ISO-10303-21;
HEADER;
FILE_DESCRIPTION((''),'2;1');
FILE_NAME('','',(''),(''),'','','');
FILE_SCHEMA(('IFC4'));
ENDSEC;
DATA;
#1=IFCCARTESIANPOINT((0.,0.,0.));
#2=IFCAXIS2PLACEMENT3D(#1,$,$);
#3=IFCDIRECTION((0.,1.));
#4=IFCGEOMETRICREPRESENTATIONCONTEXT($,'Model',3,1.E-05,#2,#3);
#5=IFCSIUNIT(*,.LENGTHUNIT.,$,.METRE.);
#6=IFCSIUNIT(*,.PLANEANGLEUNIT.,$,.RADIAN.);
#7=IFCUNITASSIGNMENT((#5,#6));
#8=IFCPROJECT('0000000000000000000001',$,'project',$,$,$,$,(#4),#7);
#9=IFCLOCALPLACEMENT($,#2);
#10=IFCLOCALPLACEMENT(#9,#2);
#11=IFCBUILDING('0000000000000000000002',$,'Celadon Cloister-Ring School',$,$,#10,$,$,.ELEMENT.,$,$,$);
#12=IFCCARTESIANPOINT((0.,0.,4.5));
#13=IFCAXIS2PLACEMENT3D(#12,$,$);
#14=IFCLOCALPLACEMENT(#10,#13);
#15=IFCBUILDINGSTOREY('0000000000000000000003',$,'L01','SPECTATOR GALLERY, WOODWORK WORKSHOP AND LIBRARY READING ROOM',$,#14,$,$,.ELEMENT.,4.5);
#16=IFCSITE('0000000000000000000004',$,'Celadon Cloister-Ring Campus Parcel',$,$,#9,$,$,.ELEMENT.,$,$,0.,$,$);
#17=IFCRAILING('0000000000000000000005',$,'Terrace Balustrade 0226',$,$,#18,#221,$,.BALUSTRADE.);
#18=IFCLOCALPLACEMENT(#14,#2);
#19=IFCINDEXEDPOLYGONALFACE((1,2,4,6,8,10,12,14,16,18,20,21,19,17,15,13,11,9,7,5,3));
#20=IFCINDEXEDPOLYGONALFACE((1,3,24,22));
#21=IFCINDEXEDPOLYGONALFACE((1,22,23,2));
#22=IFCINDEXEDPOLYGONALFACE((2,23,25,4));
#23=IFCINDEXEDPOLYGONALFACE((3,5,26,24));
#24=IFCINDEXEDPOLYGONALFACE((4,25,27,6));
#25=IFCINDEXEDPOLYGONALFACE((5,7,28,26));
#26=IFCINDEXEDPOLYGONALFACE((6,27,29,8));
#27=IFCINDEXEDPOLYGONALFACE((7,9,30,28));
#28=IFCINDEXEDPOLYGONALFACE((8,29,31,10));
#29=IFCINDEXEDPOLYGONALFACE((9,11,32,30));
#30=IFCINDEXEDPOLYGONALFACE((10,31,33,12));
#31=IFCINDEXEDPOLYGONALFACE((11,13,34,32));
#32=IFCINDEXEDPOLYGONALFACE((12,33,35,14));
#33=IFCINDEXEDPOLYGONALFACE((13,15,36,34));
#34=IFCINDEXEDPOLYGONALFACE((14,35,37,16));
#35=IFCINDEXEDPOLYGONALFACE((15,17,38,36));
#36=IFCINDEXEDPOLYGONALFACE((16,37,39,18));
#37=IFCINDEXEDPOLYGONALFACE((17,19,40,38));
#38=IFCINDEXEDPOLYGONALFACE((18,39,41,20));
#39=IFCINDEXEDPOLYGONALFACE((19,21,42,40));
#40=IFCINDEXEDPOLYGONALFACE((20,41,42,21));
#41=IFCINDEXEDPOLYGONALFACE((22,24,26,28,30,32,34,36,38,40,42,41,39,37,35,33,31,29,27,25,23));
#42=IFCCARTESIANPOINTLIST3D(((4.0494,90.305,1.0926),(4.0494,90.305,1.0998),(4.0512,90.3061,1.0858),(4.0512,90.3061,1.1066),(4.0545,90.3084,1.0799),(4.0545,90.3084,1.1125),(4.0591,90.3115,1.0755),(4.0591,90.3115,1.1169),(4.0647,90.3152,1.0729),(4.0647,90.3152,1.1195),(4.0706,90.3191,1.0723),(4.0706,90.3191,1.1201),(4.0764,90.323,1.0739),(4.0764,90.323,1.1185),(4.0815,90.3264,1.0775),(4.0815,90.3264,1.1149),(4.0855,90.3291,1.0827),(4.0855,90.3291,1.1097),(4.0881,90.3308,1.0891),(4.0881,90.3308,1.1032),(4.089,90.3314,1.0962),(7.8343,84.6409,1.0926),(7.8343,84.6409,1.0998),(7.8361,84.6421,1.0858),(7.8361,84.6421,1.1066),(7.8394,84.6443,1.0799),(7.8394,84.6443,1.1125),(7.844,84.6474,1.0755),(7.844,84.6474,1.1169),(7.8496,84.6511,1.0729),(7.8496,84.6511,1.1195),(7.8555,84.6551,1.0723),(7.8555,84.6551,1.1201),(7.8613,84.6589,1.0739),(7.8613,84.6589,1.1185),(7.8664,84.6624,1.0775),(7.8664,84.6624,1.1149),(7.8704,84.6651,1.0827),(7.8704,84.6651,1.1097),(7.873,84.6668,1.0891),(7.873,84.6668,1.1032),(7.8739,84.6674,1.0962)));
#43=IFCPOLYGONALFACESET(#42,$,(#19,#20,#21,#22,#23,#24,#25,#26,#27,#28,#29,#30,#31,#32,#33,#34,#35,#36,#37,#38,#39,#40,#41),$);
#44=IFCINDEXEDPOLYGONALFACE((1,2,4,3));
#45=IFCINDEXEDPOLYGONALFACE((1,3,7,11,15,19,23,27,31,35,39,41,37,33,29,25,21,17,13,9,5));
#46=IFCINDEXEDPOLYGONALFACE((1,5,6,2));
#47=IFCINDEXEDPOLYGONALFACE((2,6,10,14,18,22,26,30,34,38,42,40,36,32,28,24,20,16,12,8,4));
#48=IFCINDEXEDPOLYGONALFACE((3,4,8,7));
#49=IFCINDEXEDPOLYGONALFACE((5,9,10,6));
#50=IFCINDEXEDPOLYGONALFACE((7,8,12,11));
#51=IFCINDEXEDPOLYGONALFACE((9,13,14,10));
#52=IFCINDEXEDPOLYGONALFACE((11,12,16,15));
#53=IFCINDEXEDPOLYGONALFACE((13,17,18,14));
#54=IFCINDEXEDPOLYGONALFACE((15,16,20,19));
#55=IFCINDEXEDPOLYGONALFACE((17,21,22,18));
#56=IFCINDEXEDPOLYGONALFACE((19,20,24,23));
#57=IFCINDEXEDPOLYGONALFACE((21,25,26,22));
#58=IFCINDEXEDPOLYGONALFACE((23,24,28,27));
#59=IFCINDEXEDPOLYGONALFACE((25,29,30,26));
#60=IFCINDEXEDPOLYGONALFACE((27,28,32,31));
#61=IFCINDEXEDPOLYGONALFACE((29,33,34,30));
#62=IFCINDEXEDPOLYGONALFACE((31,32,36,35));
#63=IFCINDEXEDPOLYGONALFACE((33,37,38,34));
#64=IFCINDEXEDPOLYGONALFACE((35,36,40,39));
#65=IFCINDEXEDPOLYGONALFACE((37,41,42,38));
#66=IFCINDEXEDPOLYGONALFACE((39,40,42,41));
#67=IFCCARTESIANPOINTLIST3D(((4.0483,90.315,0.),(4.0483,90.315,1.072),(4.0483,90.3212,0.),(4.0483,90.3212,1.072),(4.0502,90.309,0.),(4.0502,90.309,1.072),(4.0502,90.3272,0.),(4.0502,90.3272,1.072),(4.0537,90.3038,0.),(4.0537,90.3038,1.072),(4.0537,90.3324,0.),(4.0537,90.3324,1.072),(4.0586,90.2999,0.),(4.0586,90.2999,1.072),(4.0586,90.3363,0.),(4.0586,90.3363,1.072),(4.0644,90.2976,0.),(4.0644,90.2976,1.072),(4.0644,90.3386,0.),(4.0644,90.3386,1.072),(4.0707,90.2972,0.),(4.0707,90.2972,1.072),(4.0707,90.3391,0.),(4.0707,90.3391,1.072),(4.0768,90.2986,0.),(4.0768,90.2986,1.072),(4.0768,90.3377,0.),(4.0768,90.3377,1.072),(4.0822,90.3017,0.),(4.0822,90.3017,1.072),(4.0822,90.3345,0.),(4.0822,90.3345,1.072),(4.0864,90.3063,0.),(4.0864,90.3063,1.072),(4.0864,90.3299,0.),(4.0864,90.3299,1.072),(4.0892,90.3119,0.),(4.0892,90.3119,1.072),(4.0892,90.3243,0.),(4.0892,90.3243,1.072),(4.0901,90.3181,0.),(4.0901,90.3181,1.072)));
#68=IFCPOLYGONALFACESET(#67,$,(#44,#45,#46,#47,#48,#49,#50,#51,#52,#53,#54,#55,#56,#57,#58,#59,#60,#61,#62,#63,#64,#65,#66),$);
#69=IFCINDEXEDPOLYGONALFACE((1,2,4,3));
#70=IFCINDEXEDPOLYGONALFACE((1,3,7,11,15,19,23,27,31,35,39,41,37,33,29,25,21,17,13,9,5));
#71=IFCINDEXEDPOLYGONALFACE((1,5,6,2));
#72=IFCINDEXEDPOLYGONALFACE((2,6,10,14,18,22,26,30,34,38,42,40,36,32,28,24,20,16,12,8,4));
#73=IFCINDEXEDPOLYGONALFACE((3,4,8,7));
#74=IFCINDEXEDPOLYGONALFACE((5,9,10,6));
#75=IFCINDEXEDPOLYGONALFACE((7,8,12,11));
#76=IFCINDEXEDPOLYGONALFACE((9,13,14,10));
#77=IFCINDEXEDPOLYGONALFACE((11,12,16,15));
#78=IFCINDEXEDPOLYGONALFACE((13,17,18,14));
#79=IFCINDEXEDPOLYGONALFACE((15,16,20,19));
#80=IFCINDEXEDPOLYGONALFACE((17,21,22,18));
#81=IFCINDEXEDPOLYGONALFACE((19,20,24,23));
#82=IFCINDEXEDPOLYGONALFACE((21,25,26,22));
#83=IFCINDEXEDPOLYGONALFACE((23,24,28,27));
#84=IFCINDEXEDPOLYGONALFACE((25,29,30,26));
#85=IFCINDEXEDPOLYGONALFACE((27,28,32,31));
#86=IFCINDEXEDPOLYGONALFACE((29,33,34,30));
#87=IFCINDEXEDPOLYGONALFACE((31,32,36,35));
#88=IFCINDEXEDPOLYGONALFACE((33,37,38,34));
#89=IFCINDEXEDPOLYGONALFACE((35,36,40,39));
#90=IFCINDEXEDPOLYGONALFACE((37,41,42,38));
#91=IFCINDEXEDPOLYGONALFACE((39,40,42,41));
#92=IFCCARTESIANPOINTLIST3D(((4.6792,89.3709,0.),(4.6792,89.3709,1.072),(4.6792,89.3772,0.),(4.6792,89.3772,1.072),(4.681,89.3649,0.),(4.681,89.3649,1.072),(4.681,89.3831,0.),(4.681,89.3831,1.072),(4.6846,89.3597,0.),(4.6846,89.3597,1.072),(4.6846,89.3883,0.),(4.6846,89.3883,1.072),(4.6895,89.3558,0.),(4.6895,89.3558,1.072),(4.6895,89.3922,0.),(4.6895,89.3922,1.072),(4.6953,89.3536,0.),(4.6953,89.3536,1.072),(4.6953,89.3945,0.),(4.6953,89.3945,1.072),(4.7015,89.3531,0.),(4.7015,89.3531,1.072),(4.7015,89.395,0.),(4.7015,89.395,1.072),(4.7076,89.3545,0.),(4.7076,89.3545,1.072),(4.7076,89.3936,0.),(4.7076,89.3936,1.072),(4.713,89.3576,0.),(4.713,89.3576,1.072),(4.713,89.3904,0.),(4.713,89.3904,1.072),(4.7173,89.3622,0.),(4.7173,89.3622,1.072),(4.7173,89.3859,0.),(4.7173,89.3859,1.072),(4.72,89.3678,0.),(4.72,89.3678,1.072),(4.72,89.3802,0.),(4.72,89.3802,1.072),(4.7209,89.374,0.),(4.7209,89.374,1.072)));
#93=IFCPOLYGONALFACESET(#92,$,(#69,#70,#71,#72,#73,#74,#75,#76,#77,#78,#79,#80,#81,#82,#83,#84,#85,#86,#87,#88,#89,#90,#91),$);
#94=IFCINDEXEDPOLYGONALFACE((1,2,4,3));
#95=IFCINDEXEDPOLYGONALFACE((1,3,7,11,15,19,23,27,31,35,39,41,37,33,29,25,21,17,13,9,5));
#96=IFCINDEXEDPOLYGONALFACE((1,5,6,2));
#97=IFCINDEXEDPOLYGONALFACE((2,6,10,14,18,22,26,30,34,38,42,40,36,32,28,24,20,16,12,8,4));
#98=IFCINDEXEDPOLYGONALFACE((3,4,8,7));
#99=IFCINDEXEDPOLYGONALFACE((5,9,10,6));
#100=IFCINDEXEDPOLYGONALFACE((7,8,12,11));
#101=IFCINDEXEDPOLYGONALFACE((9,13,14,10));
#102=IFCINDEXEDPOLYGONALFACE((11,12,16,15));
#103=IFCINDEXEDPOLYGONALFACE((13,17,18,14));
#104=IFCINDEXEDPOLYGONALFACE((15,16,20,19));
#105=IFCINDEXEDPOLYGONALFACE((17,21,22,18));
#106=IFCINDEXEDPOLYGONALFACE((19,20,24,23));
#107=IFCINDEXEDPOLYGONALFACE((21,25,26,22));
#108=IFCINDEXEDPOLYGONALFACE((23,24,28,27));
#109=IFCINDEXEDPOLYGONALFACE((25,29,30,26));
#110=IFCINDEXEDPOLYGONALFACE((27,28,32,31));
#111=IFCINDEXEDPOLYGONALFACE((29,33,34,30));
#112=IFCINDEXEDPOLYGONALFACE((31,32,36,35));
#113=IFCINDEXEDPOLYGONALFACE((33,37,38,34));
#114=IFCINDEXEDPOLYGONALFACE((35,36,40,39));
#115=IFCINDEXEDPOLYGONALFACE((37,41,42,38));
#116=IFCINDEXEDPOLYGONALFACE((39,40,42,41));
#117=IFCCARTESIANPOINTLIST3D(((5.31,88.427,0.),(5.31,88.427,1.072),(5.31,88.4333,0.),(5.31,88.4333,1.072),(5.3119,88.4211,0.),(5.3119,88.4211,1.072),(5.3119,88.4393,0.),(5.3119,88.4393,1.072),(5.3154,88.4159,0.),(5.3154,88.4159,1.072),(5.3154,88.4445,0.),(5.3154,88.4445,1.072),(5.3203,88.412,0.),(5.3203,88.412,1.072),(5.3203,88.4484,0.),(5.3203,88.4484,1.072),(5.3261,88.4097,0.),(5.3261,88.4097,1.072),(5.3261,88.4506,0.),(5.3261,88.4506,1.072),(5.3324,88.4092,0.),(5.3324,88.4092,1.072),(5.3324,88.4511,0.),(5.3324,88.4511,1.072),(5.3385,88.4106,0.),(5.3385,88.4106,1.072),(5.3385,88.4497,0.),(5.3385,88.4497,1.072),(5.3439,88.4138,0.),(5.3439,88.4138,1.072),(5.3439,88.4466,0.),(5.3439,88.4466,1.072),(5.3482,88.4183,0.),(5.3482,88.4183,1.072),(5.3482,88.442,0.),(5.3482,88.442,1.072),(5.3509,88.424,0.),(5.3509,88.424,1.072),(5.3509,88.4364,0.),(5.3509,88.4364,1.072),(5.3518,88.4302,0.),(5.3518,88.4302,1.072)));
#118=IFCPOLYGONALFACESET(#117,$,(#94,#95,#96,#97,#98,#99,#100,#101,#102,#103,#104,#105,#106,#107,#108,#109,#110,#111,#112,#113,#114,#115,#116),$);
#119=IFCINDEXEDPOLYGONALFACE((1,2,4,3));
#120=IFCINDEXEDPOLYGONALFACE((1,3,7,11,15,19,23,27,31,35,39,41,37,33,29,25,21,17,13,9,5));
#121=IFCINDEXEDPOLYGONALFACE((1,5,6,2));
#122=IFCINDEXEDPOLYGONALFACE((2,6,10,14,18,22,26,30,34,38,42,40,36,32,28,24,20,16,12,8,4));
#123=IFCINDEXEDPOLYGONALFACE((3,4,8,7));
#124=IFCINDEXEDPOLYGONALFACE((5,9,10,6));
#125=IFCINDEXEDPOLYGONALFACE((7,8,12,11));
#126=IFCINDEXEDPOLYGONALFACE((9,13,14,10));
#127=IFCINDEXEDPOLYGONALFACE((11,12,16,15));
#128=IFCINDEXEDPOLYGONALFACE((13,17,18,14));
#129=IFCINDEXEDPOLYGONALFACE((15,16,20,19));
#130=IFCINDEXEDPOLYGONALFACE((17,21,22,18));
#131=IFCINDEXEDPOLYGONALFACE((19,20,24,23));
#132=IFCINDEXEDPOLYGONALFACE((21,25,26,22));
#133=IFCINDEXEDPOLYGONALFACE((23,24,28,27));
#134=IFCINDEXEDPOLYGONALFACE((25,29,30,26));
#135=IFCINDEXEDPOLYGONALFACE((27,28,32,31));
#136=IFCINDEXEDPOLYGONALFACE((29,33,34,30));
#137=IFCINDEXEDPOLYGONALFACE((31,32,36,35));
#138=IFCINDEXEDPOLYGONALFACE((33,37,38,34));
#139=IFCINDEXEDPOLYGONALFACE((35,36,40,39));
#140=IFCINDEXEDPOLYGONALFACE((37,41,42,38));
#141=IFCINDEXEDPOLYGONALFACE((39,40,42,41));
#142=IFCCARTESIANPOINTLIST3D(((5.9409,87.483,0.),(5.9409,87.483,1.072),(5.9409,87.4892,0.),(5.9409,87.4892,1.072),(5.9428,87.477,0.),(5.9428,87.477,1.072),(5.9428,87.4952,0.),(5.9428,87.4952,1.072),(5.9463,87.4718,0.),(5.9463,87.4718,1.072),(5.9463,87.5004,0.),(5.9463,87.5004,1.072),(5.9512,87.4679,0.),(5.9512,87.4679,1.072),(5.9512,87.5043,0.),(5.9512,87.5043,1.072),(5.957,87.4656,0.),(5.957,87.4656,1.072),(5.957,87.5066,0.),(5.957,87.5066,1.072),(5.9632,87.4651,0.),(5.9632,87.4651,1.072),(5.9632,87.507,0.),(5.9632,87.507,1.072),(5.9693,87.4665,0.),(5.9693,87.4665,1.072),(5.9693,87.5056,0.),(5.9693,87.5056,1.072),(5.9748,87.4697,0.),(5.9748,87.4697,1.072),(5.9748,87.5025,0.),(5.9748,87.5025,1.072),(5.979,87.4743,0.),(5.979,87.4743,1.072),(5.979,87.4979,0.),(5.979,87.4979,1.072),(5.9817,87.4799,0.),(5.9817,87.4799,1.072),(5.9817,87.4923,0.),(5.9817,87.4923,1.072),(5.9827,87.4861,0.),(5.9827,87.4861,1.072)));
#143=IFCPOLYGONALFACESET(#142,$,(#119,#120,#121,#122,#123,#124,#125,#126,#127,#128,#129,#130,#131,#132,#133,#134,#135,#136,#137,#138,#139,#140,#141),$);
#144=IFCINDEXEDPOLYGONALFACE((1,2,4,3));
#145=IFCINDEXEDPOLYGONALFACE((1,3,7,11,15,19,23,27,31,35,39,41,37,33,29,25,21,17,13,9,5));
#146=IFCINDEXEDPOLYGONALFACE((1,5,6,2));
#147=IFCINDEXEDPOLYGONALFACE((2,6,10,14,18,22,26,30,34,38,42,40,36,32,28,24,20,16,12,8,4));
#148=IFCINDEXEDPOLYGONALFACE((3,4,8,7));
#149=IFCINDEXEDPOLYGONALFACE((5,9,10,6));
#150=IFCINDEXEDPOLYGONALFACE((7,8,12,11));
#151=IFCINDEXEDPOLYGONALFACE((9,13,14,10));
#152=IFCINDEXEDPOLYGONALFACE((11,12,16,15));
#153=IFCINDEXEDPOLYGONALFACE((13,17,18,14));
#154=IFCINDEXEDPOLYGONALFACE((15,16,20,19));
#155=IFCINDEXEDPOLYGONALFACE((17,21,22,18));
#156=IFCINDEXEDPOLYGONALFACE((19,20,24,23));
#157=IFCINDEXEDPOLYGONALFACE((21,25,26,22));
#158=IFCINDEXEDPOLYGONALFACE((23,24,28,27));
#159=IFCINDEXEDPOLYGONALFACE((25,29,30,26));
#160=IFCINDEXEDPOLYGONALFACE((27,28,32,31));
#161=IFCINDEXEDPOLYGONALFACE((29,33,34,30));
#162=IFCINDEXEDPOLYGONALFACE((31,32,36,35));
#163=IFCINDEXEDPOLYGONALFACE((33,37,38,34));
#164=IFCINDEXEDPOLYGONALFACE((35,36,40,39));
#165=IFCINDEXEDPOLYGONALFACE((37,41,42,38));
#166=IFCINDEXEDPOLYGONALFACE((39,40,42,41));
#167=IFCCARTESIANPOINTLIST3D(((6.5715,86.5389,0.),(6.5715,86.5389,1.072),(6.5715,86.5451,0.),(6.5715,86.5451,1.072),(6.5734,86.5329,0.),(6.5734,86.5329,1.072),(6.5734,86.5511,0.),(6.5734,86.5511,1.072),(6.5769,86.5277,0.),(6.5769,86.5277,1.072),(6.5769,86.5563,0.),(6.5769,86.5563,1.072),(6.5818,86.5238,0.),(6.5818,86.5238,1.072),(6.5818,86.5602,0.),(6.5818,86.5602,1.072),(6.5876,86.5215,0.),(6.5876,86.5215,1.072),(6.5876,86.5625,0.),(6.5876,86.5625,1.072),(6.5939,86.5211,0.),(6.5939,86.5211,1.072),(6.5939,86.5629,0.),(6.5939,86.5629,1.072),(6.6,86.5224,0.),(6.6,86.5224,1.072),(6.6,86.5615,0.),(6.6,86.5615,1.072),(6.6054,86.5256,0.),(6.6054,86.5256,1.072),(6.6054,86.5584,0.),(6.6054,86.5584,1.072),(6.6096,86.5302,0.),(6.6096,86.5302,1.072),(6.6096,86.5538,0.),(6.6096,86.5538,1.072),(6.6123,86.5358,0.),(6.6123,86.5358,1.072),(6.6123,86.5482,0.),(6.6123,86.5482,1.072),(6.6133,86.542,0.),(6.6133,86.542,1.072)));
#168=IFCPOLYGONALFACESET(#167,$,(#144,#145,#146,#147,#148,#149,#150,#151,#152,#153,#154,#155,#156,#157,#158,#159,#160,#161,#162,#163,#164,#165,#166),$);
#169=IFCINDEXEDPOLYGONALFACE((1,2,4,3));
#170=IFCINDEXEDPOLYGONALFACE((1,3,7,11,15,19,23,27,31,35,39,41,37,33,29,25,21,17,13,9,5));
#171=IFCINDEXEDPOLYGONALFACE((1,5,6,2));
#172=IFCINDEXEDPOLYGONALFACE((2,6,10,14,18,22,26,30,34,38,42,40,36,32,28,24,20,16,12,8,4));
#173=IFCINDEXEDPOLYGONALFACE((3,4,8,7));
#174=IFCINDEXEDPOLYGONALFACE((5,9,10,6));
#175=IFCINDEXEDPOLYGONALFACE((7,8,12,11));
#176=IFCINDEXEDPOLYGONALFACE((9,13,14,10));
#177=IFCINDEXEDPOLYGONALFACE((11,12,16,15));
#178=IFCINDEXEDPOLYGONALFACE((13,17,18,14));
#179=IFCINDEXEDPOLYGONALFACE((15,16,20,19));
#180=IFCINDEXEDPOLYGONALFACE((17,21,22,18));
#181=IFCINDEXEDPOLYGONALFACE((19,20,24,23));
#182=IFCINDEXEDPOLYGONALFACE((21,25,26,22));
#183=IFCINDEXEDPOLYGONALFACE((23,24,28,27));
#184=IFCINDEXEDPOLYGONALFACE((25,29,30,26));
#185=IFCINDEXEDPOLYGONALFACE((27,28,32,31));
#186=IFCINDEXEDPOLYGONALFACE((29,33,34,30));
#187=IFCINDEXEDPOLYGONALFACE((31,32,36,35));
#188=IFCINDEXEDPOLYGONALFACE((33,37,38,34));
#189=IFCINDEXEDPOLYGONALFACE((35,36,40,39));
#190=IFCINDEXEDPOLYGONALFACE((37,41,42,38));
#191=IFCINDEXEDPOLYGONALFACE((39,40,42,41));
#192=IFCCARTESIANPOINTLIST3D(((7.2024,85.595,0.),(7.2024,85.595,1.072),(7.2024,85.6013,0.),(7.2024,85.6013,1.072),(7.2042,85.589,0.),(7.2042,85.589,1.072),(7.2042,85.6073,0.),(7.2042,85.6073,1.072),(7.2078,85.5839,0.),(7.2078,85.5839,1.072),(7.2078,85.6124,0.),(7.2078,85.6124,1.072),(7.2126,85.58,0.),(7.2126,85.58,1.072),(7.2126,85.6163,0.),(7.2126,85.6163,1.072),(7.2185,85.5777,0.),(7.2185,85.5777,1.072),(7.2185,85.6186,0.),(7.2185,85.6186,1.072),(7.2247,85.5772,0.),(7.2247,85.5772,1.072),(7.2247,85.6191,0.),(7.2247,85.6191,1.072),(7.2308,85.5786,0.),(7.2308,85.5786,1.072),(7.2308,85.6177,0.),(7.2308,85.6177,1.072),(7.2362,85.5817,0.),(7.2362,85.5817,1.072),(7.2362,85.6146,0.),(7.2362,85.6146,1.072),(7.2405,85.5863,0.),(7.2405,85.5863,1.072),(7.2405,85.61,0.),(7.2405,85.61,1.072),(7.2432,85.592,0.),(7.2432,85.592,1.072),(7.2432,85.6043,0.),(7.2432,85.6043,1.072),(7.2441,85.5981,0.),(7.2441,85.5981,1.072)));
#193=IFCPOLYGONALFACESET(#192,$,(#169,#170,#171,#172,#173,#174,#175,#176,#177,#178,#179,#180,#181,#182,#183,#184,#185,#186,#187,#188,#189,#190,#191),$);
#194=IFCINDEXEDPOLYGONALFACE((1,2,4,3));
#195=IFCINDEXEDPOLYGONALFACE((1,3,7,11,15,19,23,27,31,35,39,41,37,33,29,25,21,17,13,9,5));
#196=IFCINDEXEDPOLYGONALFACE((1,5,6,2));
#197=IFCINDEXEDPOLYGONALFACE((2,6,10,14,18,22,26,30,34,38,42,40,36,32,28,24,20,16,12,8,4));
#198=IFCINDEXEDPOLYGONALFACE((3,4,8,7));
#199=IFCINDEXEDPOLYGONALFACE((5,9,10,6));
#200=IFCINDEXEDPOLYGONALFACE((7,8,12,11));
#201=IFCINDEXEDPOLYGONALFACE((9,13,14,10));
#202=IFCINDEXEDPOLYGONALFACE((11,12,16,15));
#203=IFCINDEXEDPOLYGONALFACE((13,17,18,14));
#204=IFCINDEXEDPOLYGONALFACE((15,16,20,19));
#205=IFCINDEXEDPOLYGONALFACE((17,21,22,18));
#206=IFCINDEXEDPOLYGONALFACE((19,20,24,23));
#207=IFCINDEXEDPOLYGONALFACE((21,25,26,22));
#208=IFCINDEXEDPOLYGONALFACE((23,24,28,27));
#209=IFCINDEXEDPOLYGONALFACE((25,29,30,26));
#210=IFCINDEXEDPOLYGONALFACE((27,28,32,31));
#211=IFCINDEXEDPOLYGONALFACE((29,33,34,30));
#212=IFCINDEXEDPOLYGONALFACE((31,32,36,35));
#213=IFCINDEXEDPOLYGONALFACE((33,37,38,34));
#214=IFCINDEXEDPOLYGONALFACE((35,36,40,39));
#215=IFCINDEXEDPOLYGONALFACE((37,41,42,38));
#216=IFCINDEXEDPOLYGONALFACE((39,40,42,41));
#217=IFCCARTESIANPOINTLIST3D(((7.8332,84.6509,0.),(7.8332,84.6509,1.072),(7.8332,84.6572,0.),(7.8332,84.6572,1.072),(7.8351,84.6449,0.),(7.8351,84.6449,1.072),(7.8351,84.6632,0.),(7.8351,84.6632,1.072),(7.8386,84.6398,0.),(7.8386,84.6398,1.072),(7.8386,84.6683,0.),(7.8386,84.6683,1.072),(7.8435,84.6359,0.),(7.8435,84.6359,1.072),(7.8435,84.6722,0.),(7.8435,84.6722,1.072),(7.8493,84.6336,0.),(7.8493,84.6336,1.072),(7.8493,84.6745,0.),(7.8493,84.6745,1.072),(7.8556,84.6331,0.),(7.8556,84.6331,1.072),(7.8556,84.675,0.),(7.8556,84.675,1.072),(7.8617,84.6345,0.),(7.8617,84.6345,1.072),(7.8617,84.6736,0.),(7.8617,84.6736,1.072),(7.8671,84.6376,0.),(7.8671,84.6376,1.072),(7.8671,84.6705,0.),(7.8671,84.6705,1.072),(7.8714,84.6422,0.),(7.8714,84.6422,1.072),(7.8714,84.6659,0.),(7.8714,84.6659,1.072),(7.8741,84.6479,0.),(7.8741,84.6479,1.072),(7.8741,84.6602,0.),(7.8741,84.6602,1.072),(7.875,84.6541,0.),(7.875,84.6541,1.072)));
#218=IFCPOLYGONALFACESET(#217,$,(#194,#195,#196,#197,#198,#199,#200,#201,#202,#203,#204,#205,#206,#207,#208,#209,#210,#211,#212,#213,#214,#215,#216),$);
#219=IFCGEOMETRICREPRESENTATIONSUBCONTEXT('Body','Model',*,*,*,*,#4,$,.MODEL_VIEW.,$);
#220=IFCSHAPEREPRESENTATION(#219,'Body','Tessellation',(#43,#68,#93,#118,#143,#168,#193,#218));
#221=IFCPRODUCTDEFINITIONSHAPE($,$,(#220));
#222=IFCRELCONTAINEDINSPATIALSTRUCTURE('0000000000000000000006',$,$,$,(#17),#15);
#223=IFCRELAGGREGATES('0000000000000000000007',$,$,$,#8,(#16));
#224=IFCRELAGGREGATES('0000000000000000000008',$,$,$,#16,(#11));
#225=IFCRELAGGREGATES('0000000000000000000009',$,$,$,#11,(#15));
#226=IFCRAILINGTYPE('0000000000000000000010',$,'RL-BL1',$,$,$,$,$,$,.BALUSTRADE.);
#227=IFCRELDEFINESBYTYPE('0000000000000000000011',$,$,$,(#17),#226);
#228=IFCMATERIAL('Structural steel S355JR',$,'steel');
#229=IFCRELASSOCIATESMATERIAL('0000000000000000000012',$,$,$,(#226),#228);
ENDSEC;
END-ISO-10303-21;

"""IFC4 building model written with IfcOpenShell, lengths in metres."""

from ifc_helpers import new_model, si_unit, direction, frame, origin, origin_2d, place, context, subcontext, project, spatial, circle, extrude, material, type_object, element, save


model = new_model("IFC4")

# Units and contexts
model_context = context("Model", 3, precision=1e-05, world=origin(), true_north=direction((0.0, 1.0)))
body_context = subcontext(model_context, "Body", "Model", "MODEL_VIEW")
ifc_project = project(units=[si_unit("LENGTHUNIT", "METRE"), si_unit("PLANEANGLEUNIT", "RADIAN")], contexts=[model_context])

# Site, building, storey
site_placement = place(None, origin())
site = spatial("IfcSite", under=ifc_project, at=site_placement, Name="Celadon Cloister-Ring Campus Parcel", CompositionType="ELEMENT", RefElevation=0.0)
building_placement = place(site_placement, origin())
building = spatial("IfcBuilding", under=site, at=building_placement, Name="Celadon Cloister-Ring School", CompositionType="ELEMENT")
storey_placement = place(building_placement, frame((0.0, 0.0, 4.5)))
storey = spatial("IfcBuildingStorey", under=building, at=storey_placement, Name="L01", Description="SPECTATOR GALLERY, WOODWORK WORKSHOP AND LIBRARY READING ROOM", CompositionType="ELEMENT", Elevation=4.5)

# Railing
ifc_material_1 = material(Name="Structural steel S355JR", Category="steel")
railing_type = type_object("IfcRailingType", Name="RL-BL1", PredefinedType="BALUSTRADE", material=ifc_material_1)
railing_1_placement = place(storey_placement, frame((4.0691, 90.3181, 0.0)))
element("IfcRailing", 1, at=railing_1_placement, inside=storey, type_object=railing_type, Name="Terrace Balustrade 0226", PredefinedType="BALUSTRADE", context=body_context, shape_type="SweptSolid", body=[
    extrude(circle(Radius=0.0239, at=origin_2d()), frame((0.0, 0.0, 1.0962), z_axis=(0.555601, -0.831449, 0.0), x_axis=(0.831449, 0.555601, 0.0)), (0.0, 0.0, 1.0), 6.8123),
    extrude(circle(Radius=0.021, at=origin_2d()), origin(), (0.0, 0.0, 1.0), 1.072),
    extrude(circle(Radius=0.021, at=origin_2d()), frame((0.6309, -0.9441, 0.0)), (0.0, 0.0, 1.0), 1.072),
    extrude(circle(Radius=0.021, at=origin_2d()), frame((1.2617, -1.8879, 0.0)), (0.0, 0.0, 1.0), 1.072),
    extrude(circle(Radius=0.021, at=origin_2d()), frame((1.8926, -2.832, 0.0)), (0.0, 0.0, 1.0), 1.072),
    extrude(circle(Radius=0.021, at=origin_2d()), frame((2.5232, -3.7761, 0.0)), (0.0, 0.0, 1.0), 1.072),
    extrude(circle(Radius=0.021, at=origin_2d()), frame((3.1541, -4.72, 0.0)), (0.0, 0.0, 1.0), 1.072),
    extrude(circle(Radius=0.021, at=origin_2d()), frame((3.7849, -5.6641, 0.0)), (0.0, 0.0, 1.0), 1.072),
])

save(model, "model.ifc")
